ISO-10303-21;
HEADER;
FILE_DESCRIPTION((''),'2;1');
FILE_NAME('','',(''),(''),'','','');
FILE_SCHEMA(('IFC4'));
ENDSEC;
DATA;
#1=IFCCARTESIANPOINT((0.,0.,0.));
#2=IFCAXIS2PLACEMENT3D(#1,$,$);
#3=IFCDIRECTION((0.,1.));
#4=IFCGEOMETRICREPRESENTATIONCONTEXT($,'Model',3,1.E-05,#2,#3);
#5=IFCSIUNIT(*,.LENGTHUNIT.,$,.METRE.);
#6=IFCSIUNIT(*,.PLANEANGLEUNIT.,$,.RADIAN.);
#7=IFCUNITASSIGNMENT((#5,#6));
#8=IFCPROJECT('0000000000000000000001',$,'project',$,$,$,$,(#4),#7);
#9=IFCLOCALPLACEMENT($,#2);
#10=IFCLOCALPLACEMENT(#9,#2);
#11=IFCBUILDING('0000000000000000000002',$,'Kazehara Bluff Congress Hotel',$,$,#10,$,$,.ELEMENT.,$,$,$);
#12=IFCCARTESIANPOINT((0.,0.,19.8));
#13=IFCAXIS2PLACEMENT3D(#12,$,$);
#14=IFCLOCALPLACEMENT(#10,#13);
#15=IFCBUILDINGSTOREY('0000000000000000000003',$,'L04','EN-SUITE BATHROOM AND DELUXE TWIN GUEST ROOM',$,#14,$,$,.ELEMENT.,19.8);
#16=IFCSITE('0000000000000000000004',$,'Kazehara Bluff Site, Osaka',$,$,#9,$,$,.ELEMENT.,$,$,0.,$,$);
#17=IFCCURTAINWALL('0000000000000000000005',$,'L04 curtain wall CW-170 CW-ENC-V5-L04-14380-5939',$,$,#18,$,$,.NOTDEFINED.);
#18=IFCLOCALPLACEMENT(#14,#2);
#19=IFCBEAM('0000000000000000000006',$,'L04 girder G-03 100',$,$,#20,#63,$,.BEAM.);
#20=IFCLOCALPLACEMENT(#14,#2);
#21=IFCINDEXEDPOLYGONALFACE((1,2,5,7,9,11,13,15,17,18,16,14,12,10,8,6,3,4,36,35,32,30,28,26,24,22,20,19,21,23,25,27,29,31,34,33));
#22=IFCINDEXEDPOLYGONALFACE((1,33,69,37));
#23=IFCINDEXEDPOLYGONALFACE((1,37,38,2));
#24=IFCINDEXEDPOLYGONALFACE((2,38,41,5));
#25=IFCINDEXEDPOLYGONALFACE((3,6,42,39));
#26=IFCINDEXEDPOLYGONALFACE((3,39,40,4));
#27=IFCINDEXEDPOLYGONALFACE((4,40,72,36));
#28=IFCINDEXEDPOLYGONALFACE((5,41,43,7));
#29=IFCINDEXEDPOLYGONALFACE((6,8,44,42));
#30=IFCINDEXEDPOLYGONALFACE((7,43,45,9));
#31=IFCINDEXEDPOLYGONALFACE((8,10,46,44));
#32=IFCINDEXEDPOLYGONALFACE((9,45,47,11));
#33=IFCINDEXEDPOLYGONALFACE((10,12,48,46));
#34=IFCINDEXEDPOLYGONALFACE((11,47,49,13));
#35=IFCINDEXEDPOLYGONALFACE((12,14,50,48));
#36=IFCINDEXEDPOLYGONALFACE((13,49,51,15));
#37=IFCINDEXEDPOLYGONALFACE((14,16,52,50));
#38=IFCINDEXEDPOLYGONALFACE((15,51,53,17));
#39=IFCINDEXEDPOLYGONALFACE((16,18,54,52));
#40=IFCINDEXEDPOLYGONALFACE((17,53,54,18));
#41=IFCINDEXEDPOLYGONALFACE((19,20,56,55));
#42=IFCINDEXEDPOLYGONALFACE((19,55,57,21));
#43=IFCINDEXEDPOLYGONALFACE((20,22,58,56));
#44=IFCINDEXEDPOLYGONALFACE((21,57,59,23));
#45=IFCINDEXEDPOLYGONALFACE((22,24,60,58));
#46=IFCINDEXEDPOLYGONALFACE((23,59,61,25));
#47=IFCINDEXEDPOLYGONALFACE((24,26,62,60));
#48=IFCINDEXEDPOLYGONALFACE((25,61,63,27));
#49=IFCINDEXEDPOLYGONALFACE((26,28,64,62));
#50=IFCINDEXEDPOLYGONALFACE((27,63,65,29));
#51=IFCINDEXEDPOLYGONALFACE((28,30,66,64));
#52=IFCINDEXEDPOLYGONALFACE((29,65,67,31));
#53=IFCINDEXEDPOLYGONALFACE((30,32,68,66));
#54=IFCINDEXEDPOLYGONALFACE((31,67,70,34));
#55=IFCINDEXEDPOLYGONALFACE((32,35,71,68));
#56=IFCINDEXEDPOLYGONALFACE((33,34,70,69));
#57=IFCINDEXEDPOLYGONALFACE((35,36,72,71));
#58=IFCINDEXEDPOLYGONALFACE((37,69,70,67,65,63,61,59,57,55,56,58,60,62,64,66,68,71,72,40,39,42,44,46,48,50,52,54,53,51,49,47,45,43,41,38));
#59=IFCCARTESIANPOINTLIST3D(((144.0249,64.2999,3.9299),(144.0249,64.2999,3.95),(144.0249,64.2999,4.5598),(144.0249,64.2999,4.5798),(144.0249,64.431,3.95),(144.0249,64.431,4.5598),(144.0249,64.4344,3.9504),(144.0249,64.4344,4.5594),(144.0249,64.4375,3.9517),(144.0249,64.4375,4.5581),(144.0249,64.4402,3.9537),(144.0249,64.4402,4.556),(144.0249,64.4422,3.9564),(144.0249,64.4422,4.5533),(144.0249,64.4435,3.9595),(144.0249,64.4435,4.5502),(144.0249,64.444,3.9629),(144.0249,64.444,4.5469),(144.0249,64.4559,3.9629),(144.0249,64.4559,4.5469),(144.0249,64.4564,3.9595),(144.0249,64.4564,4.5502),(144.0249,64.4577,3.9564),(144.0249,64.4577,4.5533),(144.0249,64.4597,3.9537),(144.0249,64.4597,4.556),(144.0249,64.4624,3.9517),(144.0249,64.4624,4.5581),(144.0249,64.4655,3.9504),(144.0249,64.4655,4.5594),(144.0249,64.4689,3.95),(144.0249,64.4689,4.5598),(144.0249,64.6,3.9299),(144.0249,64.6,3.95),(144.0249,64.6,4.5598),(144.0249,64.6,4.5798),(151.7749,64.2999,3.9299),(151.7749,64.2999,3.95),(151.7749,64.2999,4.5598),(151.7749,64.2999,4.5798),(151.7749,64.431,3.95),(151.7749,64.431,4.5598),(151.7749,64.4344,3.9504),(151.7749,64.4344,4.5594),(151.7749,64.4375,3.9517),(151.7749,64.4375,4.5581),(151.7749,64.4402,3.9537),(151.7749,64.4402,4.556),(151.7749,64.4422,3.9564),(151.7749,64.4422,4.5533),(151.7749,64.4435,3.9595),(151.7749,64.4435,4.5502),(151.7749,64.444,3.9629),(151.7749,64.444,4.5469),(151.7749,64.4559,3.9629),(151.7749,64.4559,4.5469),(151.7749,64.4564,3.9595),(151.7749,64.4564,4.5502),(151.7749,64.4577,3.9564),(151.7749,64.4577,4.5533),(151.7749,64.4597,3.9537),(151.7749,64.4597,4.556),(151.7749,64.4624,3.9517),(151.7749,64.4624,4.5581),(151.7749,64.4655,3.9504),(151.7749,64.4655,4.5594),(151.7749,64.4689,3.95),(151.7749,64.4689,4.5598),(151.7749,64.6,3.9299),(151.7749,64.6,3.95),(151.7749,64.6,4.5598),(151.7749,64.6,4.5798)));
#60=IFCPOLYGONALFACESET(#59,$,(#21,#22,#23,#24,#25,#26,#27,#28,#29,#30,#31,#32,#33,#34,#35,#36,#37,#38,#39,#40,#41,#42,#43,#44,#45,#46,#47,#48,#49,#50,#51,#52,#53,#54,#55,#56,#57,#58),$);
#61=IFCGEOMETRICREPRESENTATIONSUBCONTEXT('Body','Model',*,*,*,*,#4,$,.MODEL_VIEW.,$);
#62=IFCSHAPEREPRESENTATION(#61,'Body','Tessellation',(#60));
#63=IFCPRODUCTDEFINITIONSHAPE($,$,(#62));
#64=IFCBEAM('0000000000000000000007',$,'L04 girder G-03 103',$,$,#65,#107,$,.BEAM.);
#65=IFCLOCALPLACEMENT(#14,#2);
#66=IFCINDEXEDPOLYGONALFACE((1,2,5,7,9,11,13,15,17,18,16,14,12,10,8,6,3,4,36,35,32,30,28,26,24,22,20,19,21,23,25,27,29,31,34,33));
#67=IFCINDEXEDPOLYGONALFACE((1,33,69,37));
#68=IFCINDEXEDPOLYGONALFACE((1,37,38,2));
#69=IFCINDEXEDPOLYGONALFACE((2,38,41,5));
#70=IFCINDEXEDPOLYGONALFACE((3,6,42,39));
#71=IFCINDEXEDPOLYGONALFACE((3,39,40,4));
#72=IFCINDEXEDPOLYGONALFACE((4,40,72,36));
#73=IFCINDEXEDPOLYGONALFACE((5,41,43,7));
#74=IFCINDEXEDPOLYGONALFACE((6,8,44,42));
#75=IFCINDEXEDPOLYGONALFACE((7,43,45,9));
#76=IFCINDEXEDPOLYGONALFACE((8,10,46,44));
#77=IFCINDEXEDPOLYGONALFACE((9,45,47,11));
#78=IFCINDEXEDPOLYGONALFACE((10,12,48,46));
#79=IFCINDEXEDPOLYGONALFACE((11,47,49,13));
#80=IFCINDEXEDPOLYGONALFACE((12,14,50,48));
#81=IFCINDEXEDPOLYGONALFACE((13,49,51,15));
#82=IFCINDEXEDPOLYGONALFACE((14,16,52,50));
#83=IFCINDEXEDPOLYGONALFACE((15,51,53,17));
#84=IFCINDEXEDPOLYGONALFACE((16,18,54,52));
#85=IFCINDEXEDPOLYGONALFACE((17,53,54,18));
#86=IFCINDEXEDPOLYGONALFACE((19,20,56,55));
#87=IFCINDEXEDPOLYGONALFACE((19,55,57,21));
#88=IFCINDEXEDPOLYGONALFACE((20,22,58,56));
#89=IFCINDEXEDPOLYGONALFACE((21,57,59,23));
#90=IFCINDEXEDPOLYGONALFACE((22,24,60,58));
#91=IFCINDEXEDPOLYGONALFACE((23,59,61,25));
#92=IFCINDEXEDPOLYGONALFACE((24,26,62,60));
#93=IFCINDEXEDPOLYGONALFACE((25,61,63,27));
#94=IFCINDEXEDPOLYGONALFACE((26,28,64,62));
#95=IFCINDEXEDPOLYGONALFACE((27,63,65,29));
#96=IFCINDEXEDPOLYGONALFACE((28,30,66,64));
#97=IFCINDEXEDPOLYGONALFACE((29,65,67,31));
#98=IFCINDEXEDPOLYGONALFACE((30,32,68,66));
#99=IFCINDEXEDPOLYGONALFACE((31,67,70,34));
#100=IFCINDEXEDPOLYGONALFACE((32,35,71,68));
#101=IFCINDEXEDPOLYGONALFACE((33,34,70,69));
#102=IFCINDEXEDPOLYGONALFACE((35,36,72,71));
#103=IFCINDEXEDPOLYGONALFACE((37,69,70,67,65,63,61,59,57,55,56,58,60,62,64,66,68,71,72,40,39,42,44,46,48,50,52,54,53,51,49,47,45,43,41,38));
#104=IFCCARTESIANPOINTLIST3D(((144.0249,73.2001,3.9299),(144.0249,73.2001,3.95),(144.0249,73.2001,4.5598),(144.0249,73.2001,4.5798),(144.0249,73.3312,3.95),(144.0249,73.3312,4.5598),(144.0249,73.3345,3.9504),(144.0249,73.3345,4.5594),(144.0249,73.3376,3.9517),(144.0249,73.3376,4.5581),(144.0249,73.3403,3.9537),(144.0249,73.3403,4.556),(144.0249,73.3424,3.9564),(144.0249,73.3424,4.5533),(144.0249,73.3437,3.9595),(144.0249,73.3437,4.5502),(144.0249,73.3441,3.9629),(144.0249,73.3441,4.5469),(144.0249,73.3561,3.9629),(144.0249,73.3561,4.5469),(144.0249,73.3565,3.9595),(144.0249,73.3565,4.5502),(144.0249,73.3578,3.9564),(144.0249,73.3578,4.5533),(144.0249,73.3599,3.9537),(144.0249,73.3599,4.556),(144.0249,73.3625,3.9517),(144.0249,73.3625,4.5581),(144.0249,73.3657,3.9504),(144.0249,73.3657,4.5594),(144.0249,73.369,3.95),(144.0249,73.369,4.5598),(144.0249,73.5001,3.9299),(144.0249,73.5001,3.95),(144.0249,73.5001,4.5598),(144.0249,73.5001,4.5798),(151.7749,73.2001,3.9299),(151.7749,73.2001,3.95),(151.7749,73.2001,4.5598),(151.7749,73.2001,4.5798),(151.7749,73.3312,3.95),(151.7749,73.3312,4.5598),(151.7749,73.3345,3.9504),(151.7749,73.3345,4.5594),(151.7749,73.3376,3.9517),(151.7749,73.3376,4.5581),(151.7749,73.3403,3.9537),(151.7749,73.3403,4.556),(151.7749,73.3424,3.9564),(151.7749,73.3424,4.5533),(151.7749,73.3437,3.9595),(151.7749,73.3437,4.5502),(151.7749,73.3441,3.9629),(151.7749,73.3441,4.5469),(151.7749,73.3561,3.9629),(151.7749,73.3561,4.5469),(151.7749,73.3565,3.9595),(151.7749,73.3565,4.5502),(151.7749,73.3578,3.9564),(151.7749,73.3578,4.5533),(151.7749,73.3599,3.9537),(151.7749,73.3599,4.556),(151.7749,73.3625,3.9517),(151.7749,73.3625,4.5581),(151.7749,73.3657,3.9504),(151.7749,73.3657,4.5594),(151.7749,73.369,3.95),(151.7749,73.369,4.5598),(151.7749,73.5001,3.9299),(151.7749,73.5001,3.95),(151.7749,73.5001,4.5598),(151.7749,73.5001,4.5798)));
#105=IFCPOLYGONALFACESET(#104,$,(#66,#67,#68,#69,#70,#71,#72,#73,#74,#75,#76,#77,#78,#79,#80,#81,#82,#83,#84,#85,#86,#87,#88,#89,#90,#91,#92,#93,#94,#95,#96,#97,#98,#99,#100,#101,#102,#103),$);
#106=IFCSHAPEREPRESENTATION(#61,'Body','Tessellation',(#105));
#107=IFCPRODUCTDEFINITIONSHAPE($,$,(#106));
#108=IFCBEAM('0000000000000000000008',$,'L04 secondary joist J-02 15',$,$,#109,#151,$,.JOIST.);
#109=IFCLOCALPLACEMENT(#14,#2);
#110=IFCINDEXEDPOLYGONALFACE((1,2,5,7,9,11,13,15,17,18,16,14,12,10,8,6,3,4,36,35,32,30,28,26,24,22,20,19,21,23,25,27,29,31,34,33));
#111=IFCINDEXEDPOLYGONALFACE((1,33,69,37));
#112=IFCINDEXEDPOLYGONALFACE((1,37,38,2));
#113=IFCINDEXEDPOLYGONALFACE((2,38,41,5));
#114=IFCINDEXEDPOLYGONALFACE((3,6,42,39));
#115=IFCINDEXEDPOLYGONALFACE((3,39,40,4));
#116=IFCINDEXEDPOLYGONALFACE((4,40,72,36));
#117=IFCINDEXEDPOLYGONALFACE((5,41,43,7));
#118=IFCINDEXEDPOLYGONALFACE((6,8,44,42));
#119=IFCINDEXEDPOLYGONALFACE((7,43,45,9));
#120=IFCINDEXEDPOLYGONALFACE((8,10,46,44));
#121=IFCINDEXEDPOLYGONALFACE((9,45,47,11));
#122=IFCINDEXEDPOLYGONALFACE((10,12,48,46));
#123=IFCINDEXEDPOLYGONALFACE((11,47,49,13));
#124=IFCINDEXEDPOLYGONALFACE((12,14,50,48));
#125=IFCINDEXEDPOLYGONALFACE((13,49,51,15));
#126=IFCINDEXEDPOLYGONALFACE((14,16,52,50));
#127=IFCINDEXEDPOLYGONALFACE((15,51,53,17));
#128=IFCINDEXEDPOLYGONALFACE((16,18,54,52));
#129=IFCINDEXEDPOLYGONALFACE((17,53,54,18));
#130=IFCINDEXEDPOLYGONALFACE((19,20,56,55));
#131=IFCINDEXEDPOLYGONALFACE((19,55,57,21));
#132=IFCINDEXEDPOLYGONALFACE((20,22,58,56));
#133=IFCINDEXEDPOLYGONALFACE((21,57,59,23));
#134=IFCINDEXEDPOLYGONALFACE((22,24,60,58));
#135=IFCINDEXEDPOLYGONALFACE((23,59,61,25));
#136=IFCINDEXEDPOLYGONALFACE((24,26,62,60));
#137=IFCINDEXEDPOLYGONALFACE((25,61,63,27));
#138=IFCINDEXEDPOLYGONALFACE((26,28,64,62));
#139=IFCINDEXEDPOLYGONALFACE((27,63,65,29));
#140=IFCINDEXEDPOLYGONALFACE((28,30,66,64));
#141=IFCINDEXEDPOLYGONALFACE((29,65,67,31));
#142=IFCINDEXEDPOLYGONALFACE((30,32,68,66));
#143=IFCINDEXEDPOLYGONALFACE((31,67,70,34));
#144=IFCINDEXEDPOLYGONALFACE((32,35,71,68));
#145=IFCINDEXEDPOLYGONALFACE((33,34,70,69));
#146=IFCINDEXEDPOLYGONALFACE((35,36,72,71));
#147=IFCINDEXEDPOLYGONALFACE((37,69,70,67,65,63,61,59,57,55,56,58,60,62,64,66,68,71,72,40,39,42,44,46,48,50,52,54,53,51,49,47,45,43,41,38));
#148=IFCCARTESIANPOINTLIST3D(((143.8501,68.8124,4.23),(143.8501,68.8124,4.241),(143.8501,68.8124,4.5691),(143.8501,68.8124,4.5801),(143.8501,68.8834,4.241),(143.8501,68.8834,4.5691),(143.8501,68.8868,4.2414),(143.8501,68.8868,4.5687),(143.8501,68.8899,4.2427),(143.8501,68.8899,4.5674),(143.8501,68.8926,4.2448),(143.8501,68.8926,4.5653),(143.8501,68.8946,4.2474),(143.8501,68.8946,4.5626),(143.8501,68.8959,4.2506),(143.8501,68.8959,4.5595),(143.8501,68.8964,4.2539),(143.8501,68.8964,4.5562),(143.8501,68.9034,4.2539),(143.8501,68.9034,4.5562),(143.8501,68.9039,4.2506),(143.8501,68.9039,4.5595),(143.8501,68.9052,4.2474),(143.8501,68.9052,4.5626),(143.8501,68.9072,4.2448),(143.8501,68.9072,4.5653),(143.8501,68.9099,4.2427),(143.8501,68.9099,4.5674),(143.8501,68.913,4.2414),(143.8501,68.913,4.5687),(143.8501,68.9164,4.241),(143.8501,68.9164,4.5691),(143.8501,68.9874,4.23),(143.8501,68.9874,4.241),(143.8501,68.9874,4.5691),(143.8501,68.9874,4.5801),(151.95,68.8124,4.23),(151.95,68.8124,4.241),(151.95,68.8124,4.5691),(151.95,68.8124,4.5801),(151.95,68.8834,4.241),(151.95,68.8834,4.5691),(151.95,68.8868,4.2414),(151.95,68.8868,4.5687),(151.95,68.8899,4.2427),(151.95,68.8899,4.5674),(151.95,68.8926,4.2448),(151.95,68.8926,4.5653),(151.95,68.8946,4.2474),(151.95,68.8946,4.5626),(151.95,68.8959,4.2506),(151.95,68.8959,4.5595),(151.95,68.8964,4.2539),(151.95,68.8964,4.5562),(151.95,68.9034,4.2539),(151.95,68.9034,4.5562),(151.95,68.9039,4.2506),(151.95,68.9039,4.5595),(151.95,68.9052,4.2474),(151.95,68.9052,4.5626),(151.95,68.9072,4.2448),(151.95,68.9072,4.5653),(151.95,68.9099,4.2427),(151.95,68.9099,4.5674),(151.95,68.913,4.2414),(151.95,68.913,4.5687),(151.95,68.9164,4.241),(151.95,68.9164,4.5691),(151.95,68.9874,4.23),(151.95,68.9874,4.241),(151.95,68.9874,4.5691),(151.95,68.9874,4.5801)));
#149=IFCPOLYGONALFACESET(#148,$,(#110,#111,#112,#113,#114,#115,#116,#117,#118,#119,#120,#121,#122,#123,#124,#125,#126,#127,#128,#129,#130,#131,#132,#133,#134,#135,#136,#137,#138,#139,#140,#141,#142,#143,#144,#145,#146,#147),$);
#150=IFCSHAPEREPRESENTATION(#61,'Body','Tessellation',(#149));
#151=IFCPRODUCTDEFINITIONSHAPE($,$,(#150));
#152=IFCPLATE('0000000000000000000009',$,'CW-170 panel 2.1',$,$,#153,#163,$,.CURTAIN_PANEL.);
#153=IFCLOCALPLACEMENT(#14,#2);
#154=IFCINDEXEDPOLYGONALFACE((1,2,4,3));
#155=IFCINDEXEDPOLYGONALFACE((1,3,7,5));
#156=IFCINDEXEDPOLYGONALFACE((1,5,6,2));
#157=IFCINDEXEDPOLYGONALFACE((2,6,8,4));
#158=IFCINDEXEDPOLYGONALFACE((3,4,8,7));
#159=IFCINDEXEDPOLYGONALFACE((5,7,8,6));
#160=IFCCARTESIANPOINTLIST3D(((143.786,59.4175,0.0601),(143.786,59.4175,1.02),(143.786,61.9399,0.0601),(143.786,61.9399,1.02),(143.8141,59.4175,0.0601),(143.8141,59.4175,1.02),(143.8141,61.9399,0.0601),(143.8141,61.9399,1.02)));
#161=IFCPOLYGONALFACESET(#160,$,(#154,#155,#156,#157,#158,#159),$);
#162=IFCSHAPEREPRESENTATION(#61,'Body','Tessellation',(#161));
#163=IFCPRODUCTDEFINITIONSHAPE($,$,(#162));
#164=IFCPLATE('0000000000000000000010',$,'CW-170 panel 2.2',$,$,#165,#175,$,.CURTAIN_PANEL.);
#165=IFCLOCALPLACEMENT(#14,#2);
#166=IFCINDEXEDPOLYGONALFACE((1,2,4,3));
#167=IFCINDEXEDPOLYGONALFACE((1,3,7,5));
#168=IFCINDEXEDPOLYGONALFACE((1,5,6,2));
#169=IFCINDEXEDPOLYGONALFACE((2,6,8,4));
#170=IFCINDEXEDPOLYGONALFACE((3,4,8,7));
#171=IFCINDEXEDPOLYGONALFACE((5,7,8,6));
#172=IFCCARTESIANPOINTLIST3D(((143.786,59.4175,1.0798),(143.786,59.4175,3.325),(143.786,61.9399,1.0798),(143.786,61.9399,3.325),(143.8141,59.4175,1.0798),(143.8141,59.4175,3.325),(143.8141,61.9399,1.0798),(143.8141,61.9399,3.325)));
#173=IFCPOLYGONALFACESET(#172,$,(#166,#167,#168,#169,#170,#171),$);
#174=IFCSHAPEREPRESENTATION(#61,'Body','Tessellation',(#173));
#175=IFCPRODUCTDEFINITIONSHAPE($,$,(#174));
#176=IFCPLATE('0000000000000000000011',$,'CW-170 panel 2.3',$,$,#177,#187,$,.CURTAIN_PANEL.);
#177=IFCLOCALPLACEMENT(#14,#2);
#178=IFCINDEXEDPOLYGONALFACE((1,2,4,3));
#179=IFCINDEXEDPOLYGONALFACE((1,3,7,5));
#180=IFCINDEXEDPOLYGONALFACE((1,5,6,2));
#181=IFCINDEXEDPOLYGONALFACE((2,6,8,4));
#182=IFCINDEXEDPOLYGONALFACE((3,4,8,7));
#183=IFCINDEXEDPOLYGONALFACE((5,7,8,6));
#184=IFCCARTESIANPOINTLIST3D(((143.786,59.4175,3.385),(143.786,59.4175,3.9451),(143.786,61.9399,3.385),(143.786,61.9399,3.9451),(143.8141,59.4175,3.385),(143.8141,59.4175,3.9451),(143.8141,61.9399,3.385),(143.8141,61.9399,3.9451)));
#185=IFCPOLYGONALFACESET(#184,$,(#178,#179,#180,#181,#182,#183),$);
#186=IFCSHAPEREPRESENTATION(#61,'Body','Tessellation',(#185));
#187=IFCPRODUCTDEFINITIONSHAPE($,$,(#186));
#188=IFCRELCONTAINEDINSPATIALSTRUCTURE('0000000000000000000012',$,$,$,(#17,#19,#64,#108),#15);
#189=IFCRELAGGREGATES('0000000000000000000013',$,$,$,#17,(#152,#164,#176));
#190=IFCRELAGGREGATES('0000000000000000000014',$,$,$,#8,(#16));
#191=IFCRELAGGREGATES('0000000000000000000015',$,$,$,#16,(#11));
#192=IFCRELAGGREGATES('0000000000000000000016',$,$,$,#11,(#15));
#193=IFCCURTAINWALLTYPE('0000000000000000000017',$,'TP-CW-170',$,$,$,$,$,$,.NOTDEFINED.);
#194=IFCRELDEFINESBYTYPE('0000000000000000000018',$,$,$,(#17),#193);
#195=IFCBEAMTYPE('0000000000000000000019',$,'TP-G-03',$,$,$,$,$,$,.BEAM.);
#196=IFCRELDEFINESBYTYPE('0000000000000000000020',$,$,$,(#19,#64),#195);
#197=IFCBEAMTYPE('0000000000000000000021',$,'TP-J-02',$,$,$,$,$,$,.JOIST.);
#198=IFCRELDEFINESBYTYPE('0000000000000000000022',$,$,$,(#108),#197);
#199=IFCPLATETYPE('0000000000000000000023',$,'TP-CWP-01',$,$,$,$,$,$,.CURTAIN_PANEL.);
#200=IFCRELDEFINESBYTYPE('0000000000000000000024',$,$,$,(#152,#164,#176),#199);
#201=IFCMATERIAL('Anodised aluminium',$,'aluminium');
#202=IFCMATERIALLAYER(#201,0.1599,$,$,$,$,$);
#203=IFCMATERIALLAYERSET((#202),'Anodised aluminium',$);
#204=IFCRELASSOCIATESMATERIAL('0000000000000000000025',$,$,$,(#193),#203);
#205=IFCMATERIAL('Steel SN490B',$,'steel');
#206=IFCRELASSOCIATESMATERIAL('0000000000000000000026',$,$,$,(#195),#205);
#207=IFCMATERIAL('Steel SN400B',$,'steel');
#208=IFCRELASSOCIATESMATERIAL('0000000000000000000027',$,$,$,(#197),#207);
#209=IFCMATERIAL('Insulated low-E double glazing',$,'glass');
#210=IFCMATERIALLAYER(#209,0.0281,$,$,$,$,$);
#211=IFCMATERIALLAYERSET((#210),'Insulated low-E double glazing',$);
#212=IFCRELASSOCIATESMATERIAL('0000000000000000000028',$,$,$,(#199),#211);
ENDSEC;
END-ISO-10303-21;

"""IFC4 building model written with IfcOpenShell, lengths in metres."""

from ifc_helpers import new_model, si_unit, direction, frame, origin, origin_2d, place, context, subcontext, project, spatial, rectangle, i_section, extrude, material, layer, layer_set, material_profile, profile_set, type_object, element, aggregate, save


model = new_model("IFC4")

# Units and contexts
model_context = context("Model", 3, precision=1e-05, world=origin(), true_north=direction((0.0, 1.0)))
body_context = subcontext(model_context, "Body", "Model", "MODEL_VIEW")
ifc_project = project(units=[si_unit("LENGTHUNIT", "METRE"), si_unit("PLANEANGLEUNIT", "RADIAN")], contexts=[model_context])

# Site, building, storey
site_placement = place(None, origin())
site = spatial("IfcSite", under=ifc_project, at=site_placement, Name="Kazehara Bluff Site, Osaka", CompositionType="ELEMENT", RefElevation=0.0)
building_placement = place(site_placement, origin())
building = spatial("IfcBuilding", under=site, at=building_placement, Name="Kazehara Bluff Congress Hotel", CompositionType="ELEMENT")
storey_placement = place(building_placement, frame((0.0, 0.0, 19.8)))
storey = spatial("IfcBuildingStorey", under=building, at=storey_placement, Name="L04", Description="EN-SUITE BATHROOM AND DELUXE TWIN GUEST ROOM", CompositionType="ELEMENT", Elevation=19.8)

# Curtain wall
ifc_material_1 = material(Name="Anodised aluminium", Category="aluminium")
ifc_layer_1 = layer(ifc_material_1, 0.1599)
ifc_layer_set_1 = layer_set([ifc_layer_1], Name="Anodised aluminium")
curtain_wall_type = type_object("IfcCurtainWallType", Name="TP-CW-170", PredefinedType="NOTDEFINED", material=ifc_layer_set_1)
curtain_wall_placement = place(storey_placement, origin())
curtain_wall = element("IfcCurtainWall", 1, at=curtain_wall_placement, inside=storey, type_object=curtain_wall_type, Name="L04 curtain wall CW-170 CW-ENC-V5-L04-14380-5939", PredefinedType="NOTDEFINED")

# Beams
ifc_material_2 = material(Name="Steel SN490B", Category="steel")
ifc_material_profile_1 = material_profile(ifc_material_2, i_section(OverallWidth=0.3, OverallDepth=0.6499, WebThickness=0.012, FlangeThickness=0.02, FilletRadius=0.0129, at=origin_2d()))
ifc_profile_set_1 = profile_set([ifc_material_profile_1], Name="Steel SN490B")
beam_type_1 = type_object("IfcBeamType", Name="TP-G-03", PredefinedType="BEAM", material=ifc_profile_set_1)
for number, where, z_axis, x_axis, name in (
    (2, (144.0249, 64.45, 4.2549), (1.0, 0.0, 0.0), (0.0, 1.0, 0.0), "L04 girder G-03 100"),
    (3, (144.0249, 73.3501, 4.2549), (1.0, 0.0, 0.0), (0.0, 1.0, 0.0), "L04 girder G-03 103"),
):
    element("IfcBeam", number, at=place(storey_placement, frame(where, z_axis=z_axis, x_axis=x_axis)), inside=storey, type_object=beam_type_1, Name=name, PredefinedType="BEAM", context=body_context, shape_type="SweptSolid", body=[
        extrude(i_section(OverallWidth=0.3, OverallDepth=0.6499, WebThickness=0.012, FlangeThickness=0.02, FilletRadius=0.0129, at=origin_2d()), origin(), (0.0, 0.0, 1.0), 7.75),
    ])
ifc_material_3 = material(Name="Steel SN400B", Category="steel")
ifc_material_profile_2 = material_profile(ifc_material_3, i_section(OverallWidth=0.175, OverallDepth=0.3501, WebThickness=0.0071, FlangeThickness=0.011, FilletRadius=0.0129, at=origin_2d()))
ifc_profile_set_2 = profile_set([ifc_material_profile_2], Name="Steel SN400B")
beam_type_2 = type_object("IfcBeamType", Name="TP-J-02", PredefinedType="JOIST", material=ifc_profile_set_2)
beam_placement = place(storey_placement, frame((143.8501, 68.8999, 4.405), z_axis=(1.0, 0.0, 0.0), x_axis=(0.0, 1.0, 0.0)))
element("IfcBeam", 4, at=beam_placement, inside=storey, type_object=beam_type_2, Name="L04 secondary joist J-02 15", PredefinedType="JOIST", context=body_context, shape_type="SweptSolid", body=[
    extrude(i_section(OverallWidth=0.175, OverallDepth=0.3501, WebThickness=0.0071, FlangeThickness=0.011, FilletRadius=0.0129, at=origin_2d()), origin(), (0.0, 0.0, 1.0), 8.0999),
])

# Plates
ifc_material_4 = material(Name="Insulated low-E double glazing", Category="glass")
ifc_layer_2 = layer(ifc_material_4, 0.0281)
ifc_layer_set_2 = layer_set([ifc_layer_2], Name="Insulated low-E double glazing")
plate_type = type_object("IfcPlateType", Name="TP-CWP-01", PredefinedType="CURTAIN_PANEL", material=ifc_layer_set_2)
plate_1_placement = place(storey_placement, frame((143.8, 60.6787, 0.0601), z_axis=(0.0, 0.0, 1.0), x_axis=(0.0, 1.0, 0.0)))
plate_1 = element("IfcPlate", 5, at=plate_1_placement, type_object=plate_type, Name="CW-170 panel 2.1", PredefinedType="CURTAIN_PANEL", context=body_context, shape_type="SweptSolid", body=[
    extrude(rectangle(XDim=2.5225, YDim=0.0281, at=origin_2d()), origin(), (0.0, 0.0, 1.0), 0.96),
])
plate_2_placement = place(storey_placement, frame((143.8, 60.6787, 1.0798), z_axis=(0.0, 0.0, 1.0), x_axis=(0.0, 1.0, 0.0)))
plate_2 = element("IfcPlate", 6, at=plate_2_placement, type_object=plate_type, Name="CW-170 panel 2.2", PredefinedType="CURTAIN_PANEL", context=body_context, shape_type="SweptSolid", body=[
    extrude(rectangle(XDim=2.5225, YDim=0.0281, at=origin_2d()), origin(), (0.0, 0.0, 1.0), 2.2451),
])
plate_3_placement = place(storey_placement, frame((143.8, 60.6787, 3.385), z_axis=(0.0, 0.0, 1.0), x_axis=(0.0, 1.0, 0.0)))
plate_3 = element("IfcPlate", 7, at=plate_3_placement, type_object=plate_type, Name="CW-170 panel 2.3", PredefinedType="CURTAIN_PANEL", context=body_context, shape_type="SweptSolid", body=[
    extrude(rectangle(XDim=2.5225, YDim=0.0281, at=origin_2d()), origin(), (0.0, 0.0, 1.0), 0.5601),
])
aggregate(curtain_wall, [plate_1, plate_2, plate_3])

save(model, "model.ifc")
